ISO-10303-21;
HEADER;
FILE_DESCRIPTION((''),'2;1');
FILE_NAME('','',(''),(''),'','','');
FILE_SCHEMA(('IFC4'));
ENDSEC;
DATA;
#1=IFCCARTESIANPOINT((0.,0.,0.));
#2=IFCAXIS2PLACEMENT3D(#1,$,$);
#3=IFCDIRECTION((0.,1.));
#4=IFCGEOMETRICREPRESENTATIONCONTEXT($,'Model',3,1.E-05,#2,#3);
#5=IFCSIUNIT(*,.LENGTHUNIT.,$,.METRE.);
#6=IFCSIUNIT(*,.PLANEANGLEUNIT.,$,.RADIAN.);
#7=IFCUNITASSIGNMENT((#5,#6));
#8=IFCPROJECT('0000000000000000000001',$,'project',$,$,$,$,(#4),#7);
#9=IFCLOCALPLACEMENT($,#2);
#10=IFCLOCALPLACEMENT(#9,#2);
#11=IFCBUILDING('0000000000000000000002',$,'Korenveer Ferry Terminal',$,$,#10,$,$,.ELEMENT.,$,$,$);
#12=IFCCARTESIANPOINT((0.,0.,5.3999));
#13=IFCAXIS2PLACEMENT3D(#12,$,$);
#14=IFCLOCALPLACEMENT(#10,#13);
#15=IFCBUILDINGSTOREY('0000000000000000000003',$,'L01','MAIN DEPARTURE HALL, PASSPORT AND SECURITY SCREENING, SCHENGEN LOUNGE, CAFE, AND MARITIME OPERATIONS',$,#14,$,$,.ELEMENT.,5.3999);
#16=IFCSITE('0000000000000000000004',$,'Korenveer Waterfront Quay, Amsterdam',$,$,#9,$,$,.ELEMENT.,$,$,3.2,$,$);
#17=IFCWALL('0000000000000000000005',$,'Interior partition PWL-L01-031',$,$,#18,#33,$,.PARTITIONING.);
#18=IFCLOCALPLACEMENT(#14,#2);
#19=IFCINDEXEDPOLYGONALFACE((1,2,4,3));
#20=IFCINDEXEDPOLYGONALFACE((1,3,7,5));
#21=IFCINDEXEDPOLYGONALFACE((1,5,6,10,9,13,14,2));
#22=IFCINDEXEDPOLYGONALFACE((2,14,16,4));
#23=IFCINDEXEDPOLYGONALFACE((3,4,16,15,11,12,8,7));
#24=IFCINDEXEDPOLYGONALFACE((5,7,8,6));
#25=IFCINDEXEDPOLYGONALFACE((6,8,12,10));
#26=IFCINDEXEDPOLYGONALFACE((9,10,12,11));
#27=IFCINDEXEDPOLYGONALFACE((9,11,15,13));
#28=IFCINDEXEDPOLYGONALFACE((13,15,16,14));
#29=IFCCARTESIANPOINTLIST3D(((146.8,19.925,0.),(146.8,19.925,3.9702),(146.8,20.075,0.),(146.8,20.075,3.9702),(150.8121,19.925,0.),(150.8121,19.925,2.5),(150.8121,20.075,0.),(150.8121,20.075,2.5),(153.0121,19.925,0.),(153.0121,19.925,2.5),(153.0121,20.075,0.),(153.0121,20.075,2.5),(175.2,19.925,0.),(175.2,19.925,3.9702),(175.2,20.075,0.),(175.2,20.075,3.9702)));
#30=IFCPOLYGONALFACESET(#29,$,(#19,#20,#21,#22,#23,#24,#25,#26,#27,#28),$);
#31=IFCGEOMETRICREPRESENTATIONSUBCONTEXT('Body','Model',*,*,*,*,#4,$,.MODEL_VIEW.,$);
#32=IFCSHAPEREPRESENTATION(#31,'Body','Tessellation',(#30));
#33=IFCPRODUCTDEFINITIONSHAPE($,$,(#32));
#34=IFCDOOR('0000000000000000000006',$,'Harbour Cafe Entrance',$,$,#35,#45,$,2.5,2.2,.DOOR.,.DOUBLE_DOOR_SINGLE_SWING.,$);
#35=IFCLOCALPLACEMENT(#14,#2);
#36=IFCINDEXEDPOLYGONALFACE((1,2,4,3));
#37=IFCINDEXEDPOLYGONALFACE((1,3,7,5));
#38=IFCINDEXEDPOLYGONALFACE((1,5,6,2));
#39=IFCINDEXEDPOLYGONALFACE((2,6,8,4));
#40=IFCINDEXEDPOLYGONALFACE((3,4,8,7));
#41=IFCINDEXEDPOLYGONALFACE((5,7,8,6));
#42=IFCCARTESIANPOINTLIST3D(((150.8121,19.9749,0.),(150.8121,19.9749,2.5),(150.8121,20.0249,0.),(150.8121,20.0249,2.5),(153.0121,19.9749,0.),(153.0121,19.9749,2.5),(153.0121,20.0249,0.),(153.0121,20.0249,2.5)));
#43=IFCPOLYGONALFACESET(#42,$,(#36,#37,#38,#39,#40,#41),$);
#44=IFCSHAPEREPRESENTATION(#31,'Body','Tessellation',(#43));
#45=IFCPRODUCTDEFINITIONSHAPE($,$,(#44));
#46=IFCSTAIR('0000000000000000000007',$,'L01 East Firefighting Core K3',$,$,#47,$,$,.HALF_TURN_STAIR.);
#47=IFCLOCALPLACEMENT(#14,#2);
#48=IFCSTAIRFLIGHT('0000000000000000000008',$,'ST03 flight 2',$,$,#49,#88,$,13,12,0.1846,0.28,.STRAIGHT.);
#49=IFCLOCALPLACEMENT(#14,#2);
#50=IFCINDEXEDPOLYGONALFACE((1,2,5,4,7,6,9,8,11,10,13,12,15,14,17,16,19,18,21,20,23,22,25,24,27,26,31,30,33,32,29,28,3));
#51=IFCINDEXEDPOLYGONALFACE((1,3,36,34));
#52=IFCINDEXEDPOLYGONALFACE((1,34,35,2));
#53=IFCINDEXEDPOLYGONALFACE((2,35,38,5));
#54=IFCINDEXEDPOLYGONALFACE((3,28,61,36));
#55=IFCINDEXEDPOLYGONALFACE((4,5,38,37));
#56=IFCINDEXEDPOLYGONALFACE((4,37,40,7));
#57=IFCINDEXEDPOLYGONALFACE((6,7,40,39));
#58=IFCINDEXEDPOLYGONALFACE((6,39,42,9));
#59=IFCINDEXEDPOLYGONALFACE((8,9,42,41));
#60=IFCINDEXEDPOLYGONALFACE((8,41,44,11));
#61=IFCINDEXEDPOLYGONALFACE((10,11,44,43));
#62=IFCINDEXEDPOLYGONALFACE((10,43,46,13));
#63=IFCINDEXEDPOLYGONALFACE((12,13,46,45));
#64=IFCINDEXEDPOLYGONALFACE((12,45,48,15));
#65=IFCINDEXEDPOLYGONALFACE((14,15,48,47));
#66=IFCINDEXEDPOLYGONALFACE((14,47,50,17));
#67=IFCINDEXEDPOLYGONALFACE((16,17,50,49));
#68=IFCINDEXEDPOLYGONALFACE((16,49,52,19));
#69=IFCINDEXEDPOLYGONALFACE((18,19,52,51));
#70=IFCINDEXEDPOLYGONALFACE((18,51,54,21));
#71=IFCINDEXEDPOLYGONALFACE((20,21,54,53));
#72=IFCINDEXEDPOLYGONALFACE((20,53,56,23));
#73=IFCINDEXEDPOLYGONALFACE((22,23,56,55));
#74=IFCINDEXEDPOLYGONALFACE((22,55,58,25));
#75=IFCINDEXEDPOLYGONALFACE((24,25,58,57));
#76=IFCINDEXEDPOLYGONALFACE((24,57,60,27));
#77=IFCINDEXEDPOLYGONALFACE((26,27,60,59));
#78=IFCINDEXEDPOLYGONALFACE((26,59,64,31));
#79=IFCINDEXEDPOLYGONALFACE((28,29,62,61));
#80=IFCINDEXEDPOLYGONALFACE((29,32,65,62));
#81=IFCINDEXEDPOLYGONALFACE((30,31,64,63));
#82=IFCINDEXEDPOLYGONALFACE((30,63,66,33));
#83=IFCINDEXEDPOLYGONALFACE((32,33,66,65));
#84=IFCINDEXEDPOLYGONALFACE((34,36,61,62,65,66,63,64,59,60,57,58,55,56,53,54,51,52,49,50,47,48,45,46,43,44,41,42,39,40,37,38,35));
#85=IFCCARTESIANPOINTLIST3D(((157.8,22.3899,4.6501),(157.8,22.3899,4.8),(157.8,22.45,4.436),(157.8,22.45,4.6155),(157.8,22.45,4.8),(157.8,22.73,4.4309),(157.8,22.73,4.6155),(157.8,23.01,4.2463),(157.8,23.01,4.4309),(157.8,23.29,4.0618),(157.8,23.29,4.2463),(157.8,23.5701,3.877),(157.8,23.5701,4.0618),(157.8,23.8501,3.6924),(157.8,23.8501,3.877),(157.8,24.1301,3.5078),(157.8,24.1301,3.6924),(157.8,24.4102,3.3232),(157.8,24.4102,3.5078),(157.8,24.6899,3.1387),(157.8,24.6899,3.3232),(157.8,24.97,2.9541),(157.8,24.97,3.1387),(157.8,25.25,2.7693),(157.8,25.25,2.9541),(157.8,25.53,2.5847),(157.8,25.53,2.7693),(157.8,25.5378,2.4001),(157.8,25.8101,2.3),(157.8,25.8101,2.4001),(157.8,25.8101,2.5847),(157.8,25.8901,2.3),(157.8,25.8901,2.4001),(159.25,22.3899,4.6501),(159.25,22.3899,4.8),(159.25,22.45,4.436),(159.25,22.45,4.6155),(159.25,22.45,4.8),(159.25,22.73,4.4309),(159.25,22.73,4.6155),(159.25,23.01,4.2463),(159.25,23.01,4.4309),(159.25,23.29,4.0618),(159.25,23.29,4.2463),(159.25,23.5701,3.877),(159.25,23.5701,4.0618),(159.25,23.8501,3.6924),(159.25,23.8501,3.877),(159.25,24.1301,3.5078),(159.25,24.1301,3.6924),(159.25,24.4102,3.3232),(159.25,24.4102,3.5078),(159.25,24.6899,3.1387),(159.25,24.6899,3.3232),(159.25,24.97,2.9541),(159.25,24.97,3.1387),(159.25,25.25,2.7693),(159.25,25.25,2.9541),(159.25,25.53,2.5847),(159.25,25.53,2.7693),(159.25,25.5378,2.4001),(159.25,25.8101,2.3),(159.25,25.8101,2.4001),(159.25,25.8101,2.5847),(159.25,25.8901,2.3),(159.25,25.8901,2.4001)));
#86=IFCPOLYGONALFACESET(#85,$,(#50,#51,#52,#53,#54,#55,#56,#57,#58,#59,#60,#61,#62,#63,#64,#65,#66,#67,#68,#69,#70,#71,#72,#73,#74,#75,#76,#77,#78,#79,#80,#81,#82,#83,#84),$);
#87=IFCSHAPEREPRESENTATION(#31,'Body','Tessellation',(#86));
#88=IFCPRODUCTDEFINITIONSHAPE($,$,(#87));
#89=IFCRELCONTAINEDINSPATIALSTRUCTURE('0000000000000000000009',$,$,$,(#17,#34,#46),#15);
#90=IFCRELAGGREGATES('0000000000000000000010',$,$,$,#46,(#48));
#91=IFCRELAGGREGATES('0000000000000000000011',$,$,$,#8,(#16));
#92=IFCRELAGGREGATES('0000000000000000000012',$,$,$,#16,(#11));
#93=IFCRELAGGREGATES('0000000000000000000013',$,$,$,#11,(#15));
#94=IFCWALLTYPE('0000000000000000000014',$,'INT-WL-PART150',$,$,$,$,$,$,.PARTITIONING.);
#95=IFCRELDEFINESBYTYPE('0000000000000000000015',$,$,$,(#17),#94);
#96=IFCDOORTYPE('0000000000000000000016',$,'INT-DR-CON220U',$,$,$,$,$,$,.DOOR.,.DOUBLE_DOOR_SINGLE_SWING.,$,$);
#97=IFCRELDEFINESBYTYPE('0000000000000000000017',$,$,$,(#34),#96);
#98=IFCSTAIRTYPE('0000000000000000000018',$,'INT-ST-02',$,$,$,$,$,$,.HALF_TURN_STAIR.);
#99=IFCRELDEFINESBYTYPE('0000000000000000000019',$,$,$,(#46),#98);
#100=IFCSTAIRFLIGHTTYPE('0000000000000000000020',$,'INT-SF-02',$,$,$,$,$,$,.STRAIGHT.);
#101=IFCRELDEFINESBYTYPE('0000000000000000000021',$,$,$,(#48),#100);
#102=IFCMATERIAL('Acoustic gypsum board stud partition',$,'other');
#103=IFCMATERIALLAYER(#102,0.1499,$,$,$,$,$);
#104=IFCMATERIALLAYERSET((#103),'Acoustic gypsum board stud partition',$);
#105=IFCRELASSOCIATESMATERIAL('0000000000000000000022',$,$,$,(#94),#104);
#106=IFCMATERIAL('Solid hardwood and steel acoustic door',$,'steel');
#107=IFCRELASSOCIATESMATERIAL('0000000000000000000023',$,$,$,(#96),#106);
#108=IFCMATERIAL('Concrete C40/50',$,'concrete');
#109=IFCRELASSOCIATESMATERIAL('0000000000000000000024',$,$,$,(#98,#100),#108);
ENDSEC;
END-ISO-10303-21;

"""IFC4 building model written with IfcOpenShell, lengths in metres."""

from ifc_helpers import new_model, si_unit, direction, frame, frame_2d, origin, place, context, subcontext, project, spatial, polyline, rectangle, outline, extrude, material, layer, layer_set, type_object, element, fill, aggregate, save


model = new_model("IFC4")

# Units and contexts
model_context = context("Model", 3, precision=1e-05, world=origin(), true_north=direction((0.0, 1.0)))
body_context = subcontext(model_context, "Body", "Model", "MODEL_VIEW")
ifc_project = project(units=[si_unit("LENGTHUNIT", "METRE"), si_unit("PLANEANGLEUNIT", "RADIAN")], contexts=[model_context])

# Site, building, storey
site_placement = place(None, origin())
site = spatial("IfcSite", under=ifc_project, at=site_placement, Name="Korenveer Waterfront Quay, Amsterdam", CompositionType="ELEMENT", RefElevation=3.2)
building_placement = place(site_placement, origin())
building = spatial("IfcBuilding", under=site, at=building_placement, Name="Korenveer Ferry Terminal", CompositionType="ELEMENT")
storey_placement = place(building_placement, frame((0.0, 0.0, 5.3999)))
storey = spatial("IfcBuildingStorey", under=building, at=storey_placement, Name="L01", Description="MAIN DEPARTURE HALL, PASSPORT AND SECURITY SCREENING, SCHENGEN LOUNGE, CAFE, AND MARITIME OPERATIONS", CompositionType="ELEMENT", Elevation=5.3999)

# Shared definitions
ifc_material_1 = material(Name="Concrete C40/50", Category="concrete")

# Shared definitions
ifc_material_2 = material(Name="Solid hardwood and steel acoustic door", Category="steel")

# Wall, opening, door
ifc_material_3 = material(Name="Acoustic gypsum board stud partition", Category="other")
ifc_layer_1 = layer(ifc_material_3, 0.1499)
ifc_layer_set_1 = layer_set([ifc_layer_1], Name="Acoustic gypsum board stud partition")
wall_type_1 = type_object("IfcWallType", Name="INT-WL-PART150", PredefinedType="PARTITIONING", material=ifc_layer_set_1)
wall_1_placement = place(storey_placement, frame((146.8, 20.0, 0.0), z_axis=(0.0, 0.0, 1.0), x_axis=(1.0, 0.0, 0.0)))
wall_1 = element("IfcWall", 1, at=wall_1_placement, inside=storey, type_object=wall_type_1, Name="Interior partition PWL-L01-031", PredefinedType="PARTITIONING", context=body_context, shape_type="SweptSolid", body=[
    extrude(rectangle(XDim=28.3999, YDim=0.1499, at=frame_2d((14.2, 0.0))), origin(), (0.0, 0.0, 1.0), 3.9702),
])
opening_1_placement = place(wall_1_placement, frame((4.012, 0.0, 0.0)))
opening_1 = element("IfcOpeningElement", 2, at=opening_1_placement, cuts=wall_1, PredefinedType="OPENING", context=body_context, shape_type="SweptSolid", body=[
    extrude(rectangle(XDim=2.2, YDim=2.5, at=frame_2d((1.1001, 1.25))), frame((0.0, 0.085, 0.0), z_axis=(0.0, -1.0, 0.0), x_axis=(1.0, 0.0, 0.0)), (0.0, 0.0, 1.0), 0.1699),
])
door_type_1 = type_object("IfcDoorType", Name="INT-DR-CON220U", OperationType="DOUBLE_DOOR_SINGLE_SWING", PredefinedType="DOOR", material=ifc_material_2)
door_1_placement = place(opening_1_placement, origin())
door_1 = element("IfcDoor", 3, at=door_1_placement, inside=storey, type_object=door_type_1, Name="Harbour Cafe Entrance", OperationType="DOUBLE_DOOR_SINGLE_SWING", OverallHeight=2.5, OverallWidth=2.2, PredefinedType="DOOR", context=body_context, shape_type="SweptSolid", body=[
    extrude(rectangle(XDim=2.2, YDim=2.5, at=frame_2d((1.1001, 1.25))), frame((0.0, 0.0249, 0.0), z_axis=(0.0, -1.0, 0.0), x_axis=(1.0, 0.0, 0.0)), (0.0, 0.0, 1.0), 0.05),
])
fill(opening_1, door_1)

# Stair, stair flight
stair_type = type_object("IfcStairType", Name="INT-ST-02", PredefinedType="HALF_TURN_STAIR", material=ifc_material_1)
stair_placement = place(storey_placement, frame((160.175, 22.45, 0.0)))
stair = element("IfcStair", 4, at=stair_placement, inside=storey, type_object=stair_type, Name="L01 East Firefighting Core K3", PredefinedType="HALF_TURN_STAIR")
stair_flight_type = type_object("IfcStairFlightType", Name="INT-SF-02", PredefinedType="STRAIGHT", material=ifc_material_1)
stair_flight_placement = place(storey_placement, frame((158.5249, 25.8101, 2.4001), z_axis=(0.0, 0.0, 1.0), x_axis=(0.0, -1.0, 0.0)))
stair_flight = element("IfcStairFlight", 5, at=stair_flight_placement, type_object=stair_flight_type, Name="ST03 flight 2", NumberOfRisers=13, NumberOfTreads=12, PredefinedType="STRAIGHT", RiserHeight=0.1846, TreadLength=0.28, context=body_context, shape_type="SweptSolid", body=[
    extrude(outline(polyline([(-0.0801, 0.0), (0.0, 0.0), (0.0, 0.1846), (0.28, 0.1846), (0.28, 0.3691), (0.5601, 0.3691), (0.5601, 0.554), (0.8401, 0.554), (0.8401, 0.7385), (1.1201, 0.7385), (1.1201, 0.9231), (1.3999, 0.9231), (1.3999, 1.1077), (1.6799, 1.1077), (1.6799, 1.2922), (1.96, 1.2922), (1.96, 1.4768), (2.24, 1.4768), (2.24, 1.6616), (2.52, 1.6616), (2.52, 1.8462), (2.8, 1.8462), (2.8, 2.0308), (3.0801, 2.0308), (3.0801, 2.2153), (3.3601, 2.2153), (3.3601, 2.3999), (3.4202, 2.3999), (3.4202, 2.25), (3.3601, 2.0359), (0.2722, 0.0), (0.0, -0.1001), (-0.0801, -0.1001), (-0.0801, 0.0)])), frame((0.0, 0.7251, 0.0), z_axis=(0.0, -1.0, 0.0), x_axis=(1.0, 0.0, 0.0)), (0.0, 0.0, 1.0), 1.45),
])
aggregate(stair, [stair_flight])

save(model, "model.ifc")
